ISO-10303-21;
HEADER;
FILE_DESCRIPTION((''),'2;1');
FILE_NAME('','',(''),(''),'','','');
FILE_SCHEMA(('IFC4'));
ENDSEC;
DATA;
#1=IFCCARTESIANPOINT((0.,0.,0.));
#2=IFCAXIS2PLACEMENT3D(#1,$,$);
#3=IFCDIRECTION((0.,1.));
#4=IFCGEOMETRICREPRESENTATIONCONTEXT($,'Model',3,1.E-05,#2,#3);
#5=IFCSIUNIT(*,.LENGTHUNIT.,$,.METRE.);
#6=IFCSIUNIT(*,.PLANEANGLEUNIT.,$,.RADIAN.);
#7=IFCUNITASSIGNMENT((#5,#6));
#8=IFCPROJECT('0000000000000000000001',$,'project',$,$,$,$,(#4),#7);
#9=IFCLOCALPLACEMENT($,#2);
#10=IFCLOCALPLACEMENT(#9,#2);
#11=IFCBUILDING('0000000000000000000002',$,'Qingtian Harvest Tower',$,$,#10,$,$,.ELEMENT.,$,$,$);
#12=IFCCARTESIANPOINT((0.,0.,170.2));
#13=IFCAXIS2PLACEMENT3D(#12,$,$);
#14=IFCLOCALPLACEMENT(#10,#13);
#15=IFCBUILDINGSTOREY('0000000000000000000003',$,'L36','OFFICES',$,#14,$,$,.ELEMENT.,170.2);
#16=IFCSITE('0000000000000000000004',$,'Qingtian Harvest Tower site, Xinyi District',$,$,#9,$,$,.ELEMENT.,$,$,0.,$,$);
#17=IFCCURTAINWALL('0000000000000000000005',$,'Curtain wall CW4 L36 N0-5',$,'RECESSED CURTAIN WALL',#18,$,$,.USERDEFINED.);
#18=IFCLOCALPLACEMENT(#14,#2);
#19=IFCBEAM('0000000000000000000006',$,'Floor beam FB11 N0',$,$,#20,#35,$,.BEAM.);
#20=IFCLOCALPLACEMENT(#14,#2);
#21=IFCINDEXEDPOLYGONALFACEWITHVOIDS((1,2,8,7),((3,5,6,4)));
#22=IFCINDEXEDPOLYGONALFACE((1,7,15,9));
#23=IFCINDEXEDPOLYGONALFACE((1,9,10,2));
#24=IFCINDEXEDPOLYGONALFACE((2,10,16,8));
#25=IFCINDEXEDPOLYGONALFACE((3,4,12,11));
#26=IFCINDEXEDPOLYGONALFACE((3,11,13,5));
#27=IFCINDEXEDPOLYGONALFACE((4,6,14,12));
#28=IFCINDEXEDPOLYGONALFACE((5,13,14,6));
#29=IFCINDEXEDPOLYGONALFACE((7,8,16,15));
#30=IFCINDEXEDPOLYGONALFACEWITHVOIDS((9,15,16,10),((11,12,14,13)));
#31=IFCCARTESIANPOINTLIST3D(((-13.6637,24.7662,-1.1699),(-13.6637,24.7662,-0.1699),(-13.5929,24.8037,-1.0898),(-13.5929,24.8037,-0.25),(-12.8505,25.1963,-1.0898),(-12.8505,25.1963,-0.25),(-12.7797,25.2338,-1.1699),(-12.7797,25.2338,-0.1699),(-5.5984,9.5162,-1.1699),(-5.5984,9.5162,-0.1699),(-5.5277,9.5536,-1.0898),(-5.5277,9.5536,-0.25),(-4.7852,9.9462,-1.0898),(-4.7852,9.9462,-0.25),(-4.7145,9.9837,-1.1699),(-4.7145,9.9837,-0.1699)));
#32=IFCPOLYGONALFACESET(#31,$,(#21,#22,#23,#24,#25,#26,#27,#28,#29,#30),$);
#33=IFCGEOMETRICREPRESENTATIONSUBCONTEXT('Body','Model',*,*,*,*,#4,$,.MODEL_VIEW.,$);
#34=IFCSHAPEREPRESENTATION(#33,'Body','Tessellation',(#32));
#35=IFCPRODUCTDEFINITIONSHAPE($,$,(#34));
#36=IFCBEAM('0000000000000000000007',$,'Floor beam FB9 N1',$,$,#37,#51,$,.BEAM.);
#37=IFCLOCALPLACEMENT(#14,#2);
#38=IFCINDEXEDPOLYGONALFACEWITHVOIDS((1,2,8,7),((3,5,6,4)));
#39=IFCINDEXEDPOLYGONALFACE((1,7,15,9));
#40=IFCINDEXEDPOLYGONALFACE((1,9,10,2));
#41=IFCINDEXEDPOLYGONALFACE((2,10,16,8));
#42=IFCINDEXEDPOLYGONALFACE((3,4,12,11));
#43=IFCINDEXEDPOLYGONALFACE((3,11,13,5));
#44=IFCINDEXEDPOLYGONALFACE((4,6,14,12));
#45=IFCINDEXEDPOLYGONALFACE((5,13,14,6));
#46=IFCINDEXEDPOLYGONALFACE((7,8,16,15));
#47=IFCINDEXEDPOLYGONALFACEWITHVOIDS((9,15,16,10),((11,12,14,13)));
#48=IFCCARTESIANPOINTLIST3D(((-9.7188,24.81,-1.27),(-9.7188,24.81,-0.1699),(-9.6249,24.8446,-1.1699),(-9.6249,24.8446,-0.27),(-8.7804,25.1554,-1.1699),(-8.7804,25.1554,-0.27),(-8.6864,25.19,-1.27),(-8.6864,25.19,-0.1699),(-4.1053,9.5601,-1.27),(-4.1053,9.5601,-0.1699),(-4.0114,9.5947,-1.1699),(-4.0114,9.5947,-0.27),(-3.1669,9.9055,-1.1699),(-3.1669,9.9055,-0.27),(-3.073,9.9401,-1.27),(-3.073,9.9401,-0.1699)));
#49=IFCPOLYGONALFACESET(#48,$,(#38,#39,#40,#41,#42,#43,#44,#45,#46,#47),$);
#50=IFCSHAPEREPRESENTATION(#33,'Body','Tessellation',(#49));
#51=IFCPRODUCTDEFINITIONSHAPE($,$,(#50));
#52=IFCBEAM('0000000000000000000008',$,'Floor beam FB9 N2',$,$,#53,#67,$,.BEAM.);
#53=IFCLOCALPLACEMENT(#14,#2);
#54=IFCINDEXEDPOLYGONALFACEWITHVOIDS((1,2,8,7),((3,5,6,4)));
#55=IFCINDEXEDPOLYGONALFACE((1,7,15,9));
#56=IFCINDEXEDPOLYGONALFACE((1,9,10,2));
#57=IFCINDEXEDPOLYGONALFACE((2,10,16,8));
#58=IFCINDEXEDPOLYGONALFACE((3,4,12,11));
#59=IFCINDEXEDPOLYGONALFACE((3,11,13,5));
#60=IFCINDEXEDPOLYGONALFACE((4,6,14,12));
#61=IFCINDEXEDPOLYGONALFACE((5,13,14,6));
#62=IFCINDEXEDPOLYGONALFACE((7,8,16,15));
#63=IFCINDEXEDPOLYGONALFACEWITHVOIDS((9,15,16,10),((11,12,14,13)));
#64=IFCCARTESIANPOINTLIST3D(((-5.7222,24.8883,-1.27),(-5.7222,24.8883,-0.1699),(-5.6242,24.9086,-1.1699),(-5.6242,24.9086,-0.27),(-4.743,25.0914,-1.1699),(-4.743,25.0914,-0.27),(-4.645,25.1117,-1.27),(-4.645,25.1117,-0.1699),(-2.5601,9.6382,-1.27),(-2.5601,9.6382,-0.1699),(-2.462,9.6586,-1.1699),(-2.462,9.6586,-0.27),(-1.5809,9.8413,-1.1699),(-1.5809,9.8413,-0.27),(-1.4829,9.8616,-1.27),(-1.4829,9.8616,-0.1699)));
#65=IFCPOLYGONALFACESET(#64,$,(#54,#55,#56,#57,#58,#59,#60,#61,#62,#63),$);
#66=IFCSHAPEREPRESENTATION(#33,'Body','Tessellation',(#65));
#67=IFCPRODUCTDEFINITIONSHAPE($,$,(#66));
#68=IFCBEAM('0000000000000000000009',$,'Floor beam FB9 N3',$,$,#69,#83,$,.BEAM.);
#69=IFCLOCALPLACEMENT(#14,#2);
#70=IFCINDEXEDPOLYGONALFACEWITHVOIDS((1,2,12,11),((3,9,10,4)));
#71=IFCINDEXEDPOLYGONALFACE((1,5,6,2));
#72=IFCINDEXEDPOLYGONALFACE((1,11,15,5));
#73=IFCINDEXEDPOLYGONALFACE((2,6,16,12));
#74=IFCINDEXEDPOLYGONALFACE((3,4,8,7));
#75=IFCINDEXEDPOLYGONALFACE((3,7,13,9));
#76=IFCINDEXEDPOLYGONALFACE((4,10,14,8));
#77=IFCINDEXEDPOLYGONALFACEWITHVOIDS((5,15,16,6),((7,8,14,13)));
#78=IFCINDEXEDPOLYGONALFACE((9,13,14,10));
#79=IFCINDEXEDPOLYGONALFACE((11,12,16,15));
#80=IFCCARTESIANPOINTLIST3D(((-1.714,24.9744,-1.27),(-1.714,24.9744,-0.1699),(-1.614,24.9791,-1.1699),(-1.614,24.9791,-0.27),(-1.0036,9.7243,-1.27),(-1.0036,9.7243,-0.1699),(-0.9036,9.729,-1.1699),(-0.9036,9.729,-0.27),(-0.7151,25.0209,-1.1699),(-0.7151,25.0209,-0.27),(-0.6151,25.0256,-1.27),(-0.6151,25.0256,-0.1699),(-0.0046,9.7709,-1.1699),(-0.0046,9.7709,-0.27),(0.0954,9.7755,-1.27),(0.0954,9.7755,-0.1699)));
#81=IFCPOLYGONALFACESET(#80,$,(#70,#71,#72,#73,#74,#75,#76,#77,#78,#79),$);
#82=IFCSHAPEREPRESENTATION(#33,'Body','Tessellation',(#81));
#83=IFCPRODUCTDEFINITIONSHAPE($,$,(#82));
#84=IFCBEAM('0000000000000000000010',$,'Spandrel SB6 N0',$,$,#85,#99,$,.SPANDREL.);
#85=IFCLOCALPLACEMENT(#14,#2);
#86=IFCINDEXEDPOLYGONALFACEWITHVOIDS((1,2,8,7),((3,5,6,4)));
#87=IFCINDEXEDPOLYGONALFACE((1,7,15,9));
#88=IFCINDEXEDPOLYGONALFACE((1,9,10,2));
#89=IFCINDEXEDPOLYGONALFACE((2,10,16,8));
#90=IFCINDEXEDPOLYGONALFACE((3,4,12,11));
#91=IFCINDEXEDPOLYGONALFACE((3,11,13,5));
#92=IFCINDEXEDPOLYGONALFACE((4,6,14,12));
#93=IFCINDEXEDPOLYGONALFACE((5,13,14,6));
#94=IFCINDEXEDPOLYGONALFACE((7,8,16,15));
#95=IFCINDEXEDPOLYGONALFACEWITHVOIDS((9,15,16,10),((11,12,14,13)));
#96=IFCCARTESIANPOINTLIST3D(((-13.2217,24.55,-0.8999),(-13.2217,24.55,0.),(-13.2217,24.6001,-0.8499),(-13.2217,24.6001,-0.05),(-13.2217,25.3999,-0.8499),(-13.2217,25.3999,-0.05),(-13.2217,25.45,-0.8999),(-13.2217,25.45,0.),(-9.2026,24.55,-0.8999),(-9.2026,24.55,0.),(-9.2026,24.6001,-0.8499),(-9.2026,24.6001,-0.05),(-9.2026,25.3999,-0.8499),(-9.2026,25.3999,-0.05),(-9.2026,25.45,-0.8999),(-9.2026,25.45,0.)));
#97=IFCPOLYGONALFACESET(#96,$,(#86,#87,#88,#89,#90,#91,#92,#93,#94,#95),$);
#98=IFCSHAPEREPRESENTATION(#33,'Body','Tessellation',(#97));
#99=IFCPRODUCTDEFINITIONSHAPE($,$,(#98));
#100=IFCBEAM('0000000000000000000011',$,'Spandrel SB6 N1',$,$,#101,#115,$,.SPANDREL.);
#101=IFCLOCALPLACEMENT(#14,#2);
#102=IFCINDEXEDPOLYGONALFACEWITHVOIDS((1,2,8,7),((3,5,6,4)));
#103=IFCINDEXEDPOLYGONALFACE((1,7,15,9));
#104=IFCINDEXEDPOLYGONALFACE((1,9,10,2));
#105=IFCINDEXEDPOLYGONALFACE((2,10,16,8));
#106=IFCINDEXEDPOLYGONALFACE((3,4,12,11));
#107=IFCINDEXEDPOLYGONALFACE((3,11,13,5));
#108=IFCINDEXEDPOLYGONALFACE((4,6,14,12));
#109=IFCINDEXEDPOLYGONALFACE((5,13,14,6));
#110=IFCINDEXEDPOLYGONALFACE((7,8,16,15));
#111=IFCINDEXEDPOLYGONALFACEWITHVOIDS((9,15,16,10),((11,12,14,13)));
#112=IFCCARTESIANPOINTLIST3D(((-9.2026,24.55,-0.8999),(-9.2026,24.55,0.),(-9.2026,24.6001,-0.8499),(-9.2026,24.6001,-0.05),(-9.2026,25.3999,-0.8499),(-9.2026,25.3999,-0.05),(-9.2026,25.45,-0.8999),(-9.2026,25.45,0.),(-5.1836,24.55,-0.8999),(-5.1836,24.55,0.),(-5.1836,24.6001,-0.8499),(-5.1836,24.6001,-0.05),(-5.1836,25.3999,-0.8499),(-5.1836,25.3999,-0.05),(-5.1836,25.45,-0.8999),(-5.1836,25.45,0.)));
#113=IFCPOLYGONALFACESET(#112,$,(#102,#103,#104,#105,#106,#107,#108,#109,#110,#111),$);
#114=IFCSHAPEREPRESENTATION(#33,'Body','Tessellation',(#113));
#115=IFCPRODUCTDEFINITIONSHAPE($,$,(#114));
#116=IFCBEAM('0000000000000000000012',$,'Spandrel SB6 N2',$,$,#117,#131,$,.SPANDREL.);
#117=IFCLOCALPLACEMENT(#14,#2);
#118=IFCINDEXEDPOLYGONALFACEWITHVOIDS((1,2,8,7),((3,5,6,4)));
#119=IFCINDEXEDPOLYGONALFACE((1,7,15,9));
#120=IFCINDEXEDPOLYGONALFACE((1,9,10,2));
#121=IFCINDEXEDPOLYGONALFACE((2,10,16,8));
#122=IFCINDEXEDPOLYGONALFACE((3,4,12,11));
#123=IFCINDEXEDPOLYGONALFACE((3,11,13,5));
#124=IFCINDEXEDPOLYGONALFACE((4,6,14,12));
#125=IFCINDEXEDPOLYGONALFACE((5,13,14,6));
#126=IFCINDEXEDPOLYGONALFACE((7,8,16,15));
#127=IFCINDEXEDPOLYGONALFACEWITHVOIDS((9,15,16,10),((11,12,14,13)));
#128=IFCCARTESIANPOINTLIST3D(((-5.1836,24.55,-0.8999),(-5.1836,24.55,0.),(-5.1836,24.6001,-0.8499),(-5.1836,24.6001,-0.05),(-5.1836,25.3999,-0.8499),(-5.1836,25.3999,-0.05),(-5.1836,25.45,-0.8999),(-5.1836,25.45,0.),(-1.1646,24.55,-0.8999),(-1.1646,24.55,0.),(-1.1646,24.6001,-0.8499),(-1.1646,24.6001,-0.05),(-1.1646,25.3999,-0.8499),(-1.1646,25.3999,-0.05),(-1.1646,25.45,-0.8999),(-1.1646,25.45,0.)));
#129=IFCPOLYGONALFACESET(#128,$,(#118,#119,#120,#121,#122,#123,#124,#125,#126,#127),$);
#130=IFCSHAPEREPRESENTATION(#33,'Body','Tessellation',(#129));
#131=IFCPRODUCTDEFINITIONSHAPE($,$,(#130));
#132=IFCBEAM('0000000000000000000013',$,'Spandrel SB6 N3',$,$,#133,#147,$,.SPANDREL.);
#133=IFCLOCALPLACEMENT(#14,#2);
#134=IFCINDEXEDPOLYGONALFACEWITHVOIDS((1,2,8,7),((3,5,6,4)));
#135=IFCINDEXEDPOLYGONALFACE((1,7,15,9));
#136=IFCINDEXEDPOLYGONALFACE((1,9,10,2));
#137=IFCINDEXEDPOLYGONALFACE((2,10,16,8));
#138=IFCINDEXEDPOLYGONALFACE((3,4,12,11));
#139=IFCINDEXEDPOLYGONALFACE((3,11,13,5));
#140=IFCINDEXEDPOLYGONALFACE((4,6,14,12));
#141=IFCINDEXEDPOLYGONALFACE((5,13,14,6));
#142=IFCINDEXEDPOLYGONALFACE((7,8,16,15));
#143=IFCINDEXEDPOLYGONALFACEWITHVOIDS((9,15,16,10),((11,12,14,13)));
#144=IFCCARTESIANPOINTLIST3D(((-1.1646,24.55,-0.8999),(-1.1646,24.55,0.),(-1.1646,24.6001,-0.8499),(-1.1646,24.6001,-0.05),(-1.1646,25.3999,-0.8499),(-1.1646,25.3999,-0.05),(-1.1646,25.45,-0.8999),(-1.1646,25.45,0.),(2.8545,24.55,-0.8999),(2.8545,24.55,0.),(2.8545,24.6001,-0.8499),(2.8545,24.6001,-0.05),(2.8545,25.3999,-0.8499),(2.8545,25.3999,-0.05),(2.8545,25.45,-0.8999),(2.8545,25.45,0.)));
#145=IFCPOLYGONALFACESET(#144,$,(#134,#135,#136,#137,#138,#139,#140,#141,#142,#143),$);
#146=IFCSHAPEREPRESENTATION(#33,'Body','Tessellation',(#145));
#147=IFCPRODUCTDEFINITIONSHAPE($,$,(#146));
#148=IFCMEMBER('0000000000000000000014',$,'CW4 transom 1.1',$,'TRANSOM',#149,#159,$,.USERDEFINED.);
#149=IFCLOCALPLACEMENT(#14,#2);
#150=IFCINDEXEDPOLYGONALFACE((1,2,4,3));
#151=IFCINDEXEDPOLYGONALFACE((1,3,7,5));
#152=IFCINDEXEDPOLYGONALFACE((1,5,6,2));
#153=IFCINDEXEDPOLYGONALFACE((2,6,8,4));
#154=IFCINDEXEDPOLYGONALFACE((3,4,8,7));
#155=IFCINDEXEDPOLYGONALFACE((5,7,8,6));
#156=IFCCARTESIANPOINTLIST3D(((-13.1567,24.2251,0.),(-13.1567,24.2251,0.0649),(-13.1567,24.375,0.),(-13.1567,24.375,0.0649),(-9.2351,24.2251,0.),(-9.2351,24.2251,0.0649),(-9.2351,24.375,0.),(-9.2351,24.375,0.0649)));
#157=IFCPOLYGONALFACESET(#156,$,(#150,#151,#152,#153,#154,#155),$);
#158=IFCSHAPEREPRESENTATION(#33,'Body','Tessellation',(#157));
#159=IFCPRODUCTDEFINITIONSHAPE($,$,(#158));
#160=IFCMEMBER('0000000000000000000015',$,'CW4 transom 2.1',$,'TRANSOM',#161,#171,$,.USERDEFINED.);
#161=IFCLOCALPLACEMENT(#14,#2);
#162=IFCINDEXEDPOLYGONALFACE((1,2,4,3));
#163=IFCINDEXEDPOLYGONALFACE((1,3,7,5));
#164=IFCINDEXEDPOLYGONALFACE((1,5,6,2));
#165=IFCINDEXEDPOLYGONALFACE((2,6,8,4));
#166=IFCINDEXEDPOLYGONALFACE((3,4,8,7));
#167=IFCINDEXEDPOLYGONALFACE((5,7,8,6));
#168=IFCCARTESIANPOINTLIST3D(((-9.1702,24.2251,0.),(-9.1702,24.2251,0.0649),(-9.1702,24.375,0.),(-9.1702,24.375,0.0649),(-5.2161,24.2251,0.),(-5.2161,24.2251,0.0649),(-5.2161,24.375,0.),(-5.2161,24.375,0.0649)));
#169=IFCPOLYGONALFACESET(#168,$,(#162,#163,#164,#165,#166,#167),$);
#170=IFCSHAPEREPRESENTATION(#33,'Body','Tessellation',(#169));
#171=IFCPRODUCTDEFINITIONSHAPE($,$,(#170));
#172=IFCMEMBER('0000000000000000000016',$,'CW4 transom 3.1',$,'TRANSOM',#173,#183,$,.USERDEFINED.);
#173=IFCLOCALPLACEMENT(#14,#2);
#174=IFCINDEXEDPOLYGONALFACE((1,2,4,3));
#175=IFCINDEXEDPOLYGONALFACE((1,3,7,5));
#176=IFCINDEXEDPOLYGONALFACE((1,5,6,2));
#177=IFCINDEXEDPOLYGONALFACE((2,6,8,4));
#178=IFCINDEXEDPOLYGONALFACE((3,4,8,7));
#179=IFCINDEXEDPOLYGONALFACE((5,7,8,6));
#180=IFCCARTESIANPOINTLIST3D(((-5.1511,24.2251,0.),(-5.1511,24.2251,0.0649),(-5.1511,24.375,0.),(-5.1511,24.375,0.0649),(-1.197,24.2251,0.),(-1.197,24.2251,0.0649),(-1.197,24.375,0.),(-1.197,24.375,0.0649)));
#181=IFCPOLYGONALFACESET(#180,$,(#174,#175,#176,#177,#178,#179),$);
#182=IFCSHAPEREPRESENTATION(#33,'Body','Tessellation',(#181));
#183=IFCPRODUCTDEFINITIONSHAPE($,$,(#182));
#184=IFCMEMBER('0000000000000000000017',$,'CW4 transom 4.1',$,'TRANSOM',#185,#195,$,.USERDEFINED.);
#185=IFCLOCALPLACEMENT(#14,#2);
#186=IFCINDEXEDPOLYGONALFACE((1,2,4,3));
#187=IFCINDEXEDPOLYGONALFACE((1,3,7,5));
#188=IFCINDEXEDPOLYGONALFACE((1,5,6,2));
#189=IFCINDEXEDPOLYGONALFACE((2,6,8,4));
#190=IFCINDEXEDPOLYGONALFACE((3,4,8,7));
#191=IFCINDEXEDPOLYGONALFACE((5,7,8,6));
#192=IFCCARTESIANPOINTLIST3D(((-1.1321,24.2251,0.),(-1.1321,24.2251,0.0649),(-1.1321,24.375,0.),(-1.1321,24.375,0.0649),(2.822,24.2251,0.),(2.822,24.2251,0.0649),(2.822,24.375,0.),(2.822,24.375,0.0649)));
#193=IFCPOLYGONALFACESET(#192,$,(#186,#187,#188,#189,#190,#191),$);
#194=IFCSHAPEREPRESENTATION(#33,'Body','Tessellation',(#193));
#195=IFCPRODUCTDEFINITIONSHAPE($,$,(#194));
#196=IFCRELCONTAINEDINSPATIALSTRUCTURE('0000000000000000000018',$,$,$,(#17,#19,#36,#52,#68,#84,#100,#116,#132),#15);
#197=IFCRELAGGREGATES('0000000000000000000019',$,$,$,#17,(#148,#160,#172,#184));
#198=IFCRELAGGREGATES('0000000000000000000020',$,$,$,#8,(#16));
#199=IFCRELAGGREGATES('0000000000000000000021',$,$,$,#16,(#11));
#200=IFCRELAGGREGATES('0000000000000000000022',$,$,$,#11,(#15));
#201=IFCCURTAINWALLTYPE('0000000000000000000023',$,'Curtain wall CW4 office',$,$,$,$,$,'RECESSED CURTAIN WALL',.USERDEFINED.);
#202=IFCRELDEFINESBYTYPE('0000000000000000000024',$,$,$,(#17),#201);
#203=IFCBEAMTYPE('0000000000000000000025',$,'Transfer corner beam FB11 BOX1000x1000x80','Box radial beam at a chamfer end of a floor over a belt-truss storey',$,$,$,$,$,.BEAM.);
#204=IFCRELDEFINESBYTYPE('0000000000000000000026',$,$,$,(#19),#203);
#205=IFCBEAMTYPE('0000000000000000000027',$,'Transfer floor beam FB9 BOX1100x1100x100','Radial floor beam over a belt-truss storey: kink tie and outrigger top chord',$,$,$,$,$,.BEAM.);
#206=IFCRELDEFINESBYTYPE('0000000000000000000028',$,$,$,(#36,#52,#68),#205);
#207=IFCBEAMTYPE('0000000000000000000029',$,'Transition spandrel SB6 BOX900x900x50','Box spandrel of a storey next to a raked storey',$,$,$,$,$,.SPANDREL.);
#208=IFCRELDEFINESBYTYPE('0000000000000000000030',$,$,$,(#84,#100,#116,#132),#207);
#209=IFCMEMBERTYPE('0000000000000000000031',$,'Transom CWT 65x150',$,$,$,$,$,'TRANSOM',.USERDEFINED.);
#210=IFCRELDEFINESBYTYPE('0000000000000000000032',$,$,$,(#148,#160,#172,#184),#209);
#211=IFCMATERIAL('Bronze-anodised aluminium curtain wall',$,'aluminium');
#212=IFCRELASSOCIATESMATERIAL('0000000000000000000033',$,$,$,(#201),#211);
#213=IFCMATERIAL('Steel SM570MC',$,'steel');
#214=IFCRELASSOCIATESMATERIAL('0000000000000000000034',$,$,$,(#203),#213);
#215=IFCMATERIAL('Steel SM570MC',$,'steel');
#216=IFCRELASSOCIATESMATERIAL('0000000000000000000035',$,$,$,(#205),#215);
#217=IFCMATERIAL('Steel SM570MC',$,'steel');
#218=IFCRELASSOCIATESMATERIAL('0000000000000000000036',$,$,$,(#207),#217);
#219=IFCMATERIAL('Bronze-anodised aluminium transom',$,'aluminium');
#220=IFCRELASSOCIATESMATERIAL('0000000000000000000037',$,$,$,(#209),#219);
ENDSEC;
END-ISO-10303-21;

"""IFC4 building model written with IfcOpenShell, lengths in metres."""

from ifc_helpers import new_model, si_unit, direction, frame, origin, origin_2d, place, context, subcontext, project, spatial, rectangle, hollow_rectangle, extrude, material, material_profile, profile_set, type_object, element, aggregate, save


model = new_model("IFC4")

# Units and contexts
model_context = context("Model", 3, precision=1e-05, world=origin(), true_north=direction((0.0, 1.0)))
body_context = subcontext(model_context, "Body", "Model", "MODEL_VIEW")
ifc_project = project(units=[si_unit("LENGTHUNIT", "METRE"), si_unit("PLANEANGLEUNIT", "RADIAN")], contexts=[model_context])

# Site, building, storey
site_placement = place(None, origin())
site = spatial("IfcSite", under=ifc_project, at=site_placement, Name="Qingtian Harvest Tower site, Xinyi District", CompositionType="ELEMENT", RefElevation=0.0)
building_placement = place(site_placement, origin())
building = spatial("IfcBuilding", under=site, at=building_placement, Name="Qingtian Harvest Tower", CompositionType="ELEMENT")
storey_placement = place(building_placement, frame((0.0, 0.0, 170.2)))
storey = spatial("IfcBuildingStorey", under=building, at=storey_placement, Name="L36", Description="OFFICES", CompositionType="ELEMENT", Elevation=170.2)

# Curtain wall
ifc_material_1 = material(Name="Bronze-anodised aluminium curtain wall", Category="aluminium")
curtain_wall_type = type_object("IfcCurtainWallType", Name="Curtain wall CW4 office", ElementType="RECESSED CURTAIN WALL", PredefinedType="USERDEFINED", material=ifc_material_1)
curtain_wall_1_placement = place(storey_placement, origin())
curtain_wall_1 = element("IfcCurtainWall", 1, at=curtain_wall_1_placement, inside=storey, type_object=curtain_wall_type, Name="Curtain wall CW4 L36 N0-5", ObjectType="RECESSED CURTAIN WALL", PredefinedType="USERDEFINED")

# Beams
ifc_material_2 = material(Name="Steel SM570MC", Category="steel")
ifc_material_profile_1 = material_profile(ifc_material_2, hollow_rectangle(XDim=1.0, YDim=1.0, WallThickness=0.0801, at=origin_2d()), Name="BOX1000x1000x80")
ifc_profile_set_1 = profile_set([ifc_material_profile_1], Name="Steel SM570MC")
beam_type_1 = type_object("IfcBeamType", Name="Transfer corner beam FB11 BOX1000x1000x80", Description="Box radial beam at a chamfer end of a floor over a belt-truss storey", PredefinedType="BEAM", material=ifc_profile_set_1)
beam_1_placement = place(storey_placement, frame((-13.2217, 25.0, -0.6699), z_axis=(0.46751, -0.883988, 0.0), x_axis=(0.883988, 0.46751, 0.0)))
element("IfcBeam", 2, at=beam_1_placement, inside=storey, type_object=beam_type_1, Name="Floor beam FB11 N0", PredefinedType="BEAM", context=body_context, shape_type="SweptSolid", body=[
    extrude(hollow_rectangle(XDim=1.0, YDim=1.0, WallThickness=0.0801, at=origin_2d()), origin(), (0.0, 0.0, 1.0), 17.2515),
])
ifc_material_3 = material(Name="Steel SM570MC", Category="steel")
ifc_material_profile_2 = material_profile(ifc_material_3, hollow_rectangle(XDim=1.1001, YDim=1.1001, WallThickness=0.1001, at=origin_2d()), Name="BOX1100x1100x100")
ifc_profile_set_2 = profile_set([ifc_material_profile_2], Name="Steel SM570MC")
beam_type_2 = type_object("IfcBeamType", Name="Transfer floor beam FB9 BOX1100x1100x100", Description="Radial floor beam over a belt-truss storey: kink tie and outrigger top chord", PredefinedType="BEAM", material=ifc_profile_set_2)
beam_2_placement = place(storey_placement, frame((-9.2026, 25.0, -0.72), z_axis=(0.34544, -0.938441, 0.0), x_axis=(0.938441, 0.34544, 0.0)))
element("IfcBeam", 3, at=beam_2_placement, inside=storey, type_object=beam_type_2, Name="Floor beam FB9 N1", PredefinedType="BEAM", context=body_context, shape_type="SweptSolid", body=[
    extrude(hollow_rectangle(XDim=1.1001, YDim=1.1001, WallThickness=0.1001, at=origin_2d()), origin(), (0.0, 0.0, 1.0), 16.2502),
])
beam_3_placement = place(storey_placement, frame((-5.1836, 25.0, -0.72), z_axis=(0.203033, -0.979172, 0.0), x_axis=(0.979172, 0.203033, 0.0)))
element("IfcBeam", 4, at=beam_3_placement, inside=storey, type_object=beam_type_2, Name="Floor beam FB9 N2", PredefinedType="BEAM", context=body_context, shape_type="SweptSolid", body=[
    extrude(hollow_rectangle(XDim=1.1001, YDim=1.1001, WallThickness=0.1001, at=origin_2d()), origin(), (0.0, 0.0, 1.0), 15.5745),
])
beam_4_placement = place(storey_placement, frame((-1.1646, 25.0, -0.72), z_axis=(0.046536, -0.998917, 0.0), x_axis=(0.998917, 0.046536, 0.0)))
element("IfcBeam", 5, at=beam_4_placement, inside=storey, type_object=beam_type_2, Name="Floor beam FB9 N3", PredefinedType="BEAM", context=body_context, shape_type="SweptSolid", body=[
    extrude(hollow_rectangle(XDim=1.1001, YDim=1.1001, WallThickness=0.1001, at=origin_2d()), origin(), (0.0, 0.0, 1.0), 15.2666),
])
ifc_material_4 = material(Name="Steel SM570MC", Category="steel")
ifc_material_profile_3 = material_profile(ifc_material_4, hollow_rectangle(XDim=0.8999, YDim=0.8999, WallThickness=0.05, at=origin_2d()), Name="BOX900x900x50")
ifc_profile_set_3 = profile_set([ifc_material_profile_3], Name="Steel SM570MC")
beam_type_3 = type_object("IfcBeamType", Name="Transition spandrel SB6 BOX900x900x50", Description="Box spandrel of a storey next to a raked storey", PredefinedType="SPANDREL", material=ifc_profile_set_3)
for number, where, z_axis, x_axis, name in (
    (6, (-13.2217, 25.0, -0.45), (1.0, 0.0, 0.0), (0.0, 1.0, 0.0), "Spandrel SB6 N0"),
    (7, (-9.2026, 25.0, -0.45), (1.0, 0.0, 0.0), (0.0, 1.0, 0.0), "Spandrel SB6 N1"),
    (8, (-5.1836, 25.0, -0.45), (1.0, 0.0, 0.0), (0.0, 1.0, 0.0), "Spandrel SB6 N2"),
    (9, (-1.1646, 25.0, -0.45), (1.0, 0.0, 0.0), (0.0, 1.0, 0.0), "Spandrel SB6 N3"),
):
    element("IfcBeam", number, at=place(storey_placement, frame(where, z_axis=z_axis, x_axis=x_axis)), inside=storey, type_object=beam_type_3, Name=name, PredefinedType="SPANDREL", context=body_context, shape_type="SweptSolid", body=[
        extrude(hollow_rectangle(XDim=0.8999, YDim=0.8999, WallThickness=0.05, at=origin_2d()), origin(), (0.0, 0.0, 1.0), 4.019),
    ])

# Members
ifc_material_5 = material(Name="Bronze-anodised aluminium transom", Category="aluminium")
ifc_material_profile_4 = material_profile(ifc_material_5, rectangle(XDim=0.1499, YDim=0.0649, at=origin_2d()), Name="AL 65x150")
ifc_profile_set_4 = profile_set([ifc_material_profile_4], Name="Bronze-anodised aluminium transom")
member_type_1 = type_object("IfcMemberType", Name="Transom CWT 65x150", ElementType="TRANSOM", PredefinedType="USERDEFINED", material=ifc_profile_set_4)
member_1_placement = place(storey_placement, frame((-13.1567, 24.3, 0.0325), z_axis=(1.0, 0.0, 0.0), x_axis=(0.0, 1.0, 0.0)))
member_1 = element("IfcMember", 10, at=member_1_placement, type_object=member_type_1, Name="CW4 transom 1.1", ObjectType="TRANSOM", PredefinedType="USERDEFINED", context=body_context, shape_type="SweptSolid", body=[
    extrude(rectangle(XDim=0.1499, YDim=0.0649, at=origin_2d()), origin(), (0.0, 0.0, 1.0), 3.9216),
])
member_2_placement = place(storey_placement, frame((-9.1702, 24.3, 0.0325), z_axis=(1.0, 0.0, 0.0), x_axis=(0.0, 1.0, 0.0)))
member_2 = element("IfcMember", 11, at=member_2_placement, type_object=member_type_1, Name="CW4 transom 2.1", ObjectType="TRANSOM", PredefinedType="USERDEFINED", context=body_context, shape_type="SweptSolid", body=[
    extrude(rectangle(XDim=0.1499, YDim=0.0649, at=origin_2d()), origin(), (0.0, 0.0, 1.0), 3.9541),
])
member_3_placement = place(storey_placement, frame((-5.1511, 24.3, 0.0325), z_axis=(1.0, 0.0, 0.0), x_axis=(0.0, 1.0, 0.0)))
member_3 = element("IfcMember", 12, at=member_3_placement, type_object=member_type_1, Name="CW4 transom 3.1", ObjectType="TRANSOM", PredefinedType="USERDEFINED", context=body_context, shape_type="SweptSolid", body=[
    extrude(rectangle(XDim=0.1499, YDim=0.0649, at=origin_2d()), origin(), (0.0, 0.0, 1.0), 3.9541),
])
member_4_placement = place(storey_placement, frame((-1.1321, 24.3, 0.0325), z_axis=(1.0, 0.0, 0.0), x_axis=(0.0, 1.0, 0.0)))
member_4 = element("IfcMember", 13, at=member_4_placement, type_object=member_type_1, Name="CW4 transom 4.1", ObjectType="TRANSOM", PredefinedType="USERDEFINED", context=body_context, shape_type="SweptSolid", body=[
    extrude(rectangle(XDim=0.1499, YDim=0.0649, at=origin_2d()), origin(), (0.0, 0.0, 1.0), 3.9541),
])

aggregate(curtain_wall_1, [member_1, member_2, member_3, member_4])

save(model, "model.ifc")
